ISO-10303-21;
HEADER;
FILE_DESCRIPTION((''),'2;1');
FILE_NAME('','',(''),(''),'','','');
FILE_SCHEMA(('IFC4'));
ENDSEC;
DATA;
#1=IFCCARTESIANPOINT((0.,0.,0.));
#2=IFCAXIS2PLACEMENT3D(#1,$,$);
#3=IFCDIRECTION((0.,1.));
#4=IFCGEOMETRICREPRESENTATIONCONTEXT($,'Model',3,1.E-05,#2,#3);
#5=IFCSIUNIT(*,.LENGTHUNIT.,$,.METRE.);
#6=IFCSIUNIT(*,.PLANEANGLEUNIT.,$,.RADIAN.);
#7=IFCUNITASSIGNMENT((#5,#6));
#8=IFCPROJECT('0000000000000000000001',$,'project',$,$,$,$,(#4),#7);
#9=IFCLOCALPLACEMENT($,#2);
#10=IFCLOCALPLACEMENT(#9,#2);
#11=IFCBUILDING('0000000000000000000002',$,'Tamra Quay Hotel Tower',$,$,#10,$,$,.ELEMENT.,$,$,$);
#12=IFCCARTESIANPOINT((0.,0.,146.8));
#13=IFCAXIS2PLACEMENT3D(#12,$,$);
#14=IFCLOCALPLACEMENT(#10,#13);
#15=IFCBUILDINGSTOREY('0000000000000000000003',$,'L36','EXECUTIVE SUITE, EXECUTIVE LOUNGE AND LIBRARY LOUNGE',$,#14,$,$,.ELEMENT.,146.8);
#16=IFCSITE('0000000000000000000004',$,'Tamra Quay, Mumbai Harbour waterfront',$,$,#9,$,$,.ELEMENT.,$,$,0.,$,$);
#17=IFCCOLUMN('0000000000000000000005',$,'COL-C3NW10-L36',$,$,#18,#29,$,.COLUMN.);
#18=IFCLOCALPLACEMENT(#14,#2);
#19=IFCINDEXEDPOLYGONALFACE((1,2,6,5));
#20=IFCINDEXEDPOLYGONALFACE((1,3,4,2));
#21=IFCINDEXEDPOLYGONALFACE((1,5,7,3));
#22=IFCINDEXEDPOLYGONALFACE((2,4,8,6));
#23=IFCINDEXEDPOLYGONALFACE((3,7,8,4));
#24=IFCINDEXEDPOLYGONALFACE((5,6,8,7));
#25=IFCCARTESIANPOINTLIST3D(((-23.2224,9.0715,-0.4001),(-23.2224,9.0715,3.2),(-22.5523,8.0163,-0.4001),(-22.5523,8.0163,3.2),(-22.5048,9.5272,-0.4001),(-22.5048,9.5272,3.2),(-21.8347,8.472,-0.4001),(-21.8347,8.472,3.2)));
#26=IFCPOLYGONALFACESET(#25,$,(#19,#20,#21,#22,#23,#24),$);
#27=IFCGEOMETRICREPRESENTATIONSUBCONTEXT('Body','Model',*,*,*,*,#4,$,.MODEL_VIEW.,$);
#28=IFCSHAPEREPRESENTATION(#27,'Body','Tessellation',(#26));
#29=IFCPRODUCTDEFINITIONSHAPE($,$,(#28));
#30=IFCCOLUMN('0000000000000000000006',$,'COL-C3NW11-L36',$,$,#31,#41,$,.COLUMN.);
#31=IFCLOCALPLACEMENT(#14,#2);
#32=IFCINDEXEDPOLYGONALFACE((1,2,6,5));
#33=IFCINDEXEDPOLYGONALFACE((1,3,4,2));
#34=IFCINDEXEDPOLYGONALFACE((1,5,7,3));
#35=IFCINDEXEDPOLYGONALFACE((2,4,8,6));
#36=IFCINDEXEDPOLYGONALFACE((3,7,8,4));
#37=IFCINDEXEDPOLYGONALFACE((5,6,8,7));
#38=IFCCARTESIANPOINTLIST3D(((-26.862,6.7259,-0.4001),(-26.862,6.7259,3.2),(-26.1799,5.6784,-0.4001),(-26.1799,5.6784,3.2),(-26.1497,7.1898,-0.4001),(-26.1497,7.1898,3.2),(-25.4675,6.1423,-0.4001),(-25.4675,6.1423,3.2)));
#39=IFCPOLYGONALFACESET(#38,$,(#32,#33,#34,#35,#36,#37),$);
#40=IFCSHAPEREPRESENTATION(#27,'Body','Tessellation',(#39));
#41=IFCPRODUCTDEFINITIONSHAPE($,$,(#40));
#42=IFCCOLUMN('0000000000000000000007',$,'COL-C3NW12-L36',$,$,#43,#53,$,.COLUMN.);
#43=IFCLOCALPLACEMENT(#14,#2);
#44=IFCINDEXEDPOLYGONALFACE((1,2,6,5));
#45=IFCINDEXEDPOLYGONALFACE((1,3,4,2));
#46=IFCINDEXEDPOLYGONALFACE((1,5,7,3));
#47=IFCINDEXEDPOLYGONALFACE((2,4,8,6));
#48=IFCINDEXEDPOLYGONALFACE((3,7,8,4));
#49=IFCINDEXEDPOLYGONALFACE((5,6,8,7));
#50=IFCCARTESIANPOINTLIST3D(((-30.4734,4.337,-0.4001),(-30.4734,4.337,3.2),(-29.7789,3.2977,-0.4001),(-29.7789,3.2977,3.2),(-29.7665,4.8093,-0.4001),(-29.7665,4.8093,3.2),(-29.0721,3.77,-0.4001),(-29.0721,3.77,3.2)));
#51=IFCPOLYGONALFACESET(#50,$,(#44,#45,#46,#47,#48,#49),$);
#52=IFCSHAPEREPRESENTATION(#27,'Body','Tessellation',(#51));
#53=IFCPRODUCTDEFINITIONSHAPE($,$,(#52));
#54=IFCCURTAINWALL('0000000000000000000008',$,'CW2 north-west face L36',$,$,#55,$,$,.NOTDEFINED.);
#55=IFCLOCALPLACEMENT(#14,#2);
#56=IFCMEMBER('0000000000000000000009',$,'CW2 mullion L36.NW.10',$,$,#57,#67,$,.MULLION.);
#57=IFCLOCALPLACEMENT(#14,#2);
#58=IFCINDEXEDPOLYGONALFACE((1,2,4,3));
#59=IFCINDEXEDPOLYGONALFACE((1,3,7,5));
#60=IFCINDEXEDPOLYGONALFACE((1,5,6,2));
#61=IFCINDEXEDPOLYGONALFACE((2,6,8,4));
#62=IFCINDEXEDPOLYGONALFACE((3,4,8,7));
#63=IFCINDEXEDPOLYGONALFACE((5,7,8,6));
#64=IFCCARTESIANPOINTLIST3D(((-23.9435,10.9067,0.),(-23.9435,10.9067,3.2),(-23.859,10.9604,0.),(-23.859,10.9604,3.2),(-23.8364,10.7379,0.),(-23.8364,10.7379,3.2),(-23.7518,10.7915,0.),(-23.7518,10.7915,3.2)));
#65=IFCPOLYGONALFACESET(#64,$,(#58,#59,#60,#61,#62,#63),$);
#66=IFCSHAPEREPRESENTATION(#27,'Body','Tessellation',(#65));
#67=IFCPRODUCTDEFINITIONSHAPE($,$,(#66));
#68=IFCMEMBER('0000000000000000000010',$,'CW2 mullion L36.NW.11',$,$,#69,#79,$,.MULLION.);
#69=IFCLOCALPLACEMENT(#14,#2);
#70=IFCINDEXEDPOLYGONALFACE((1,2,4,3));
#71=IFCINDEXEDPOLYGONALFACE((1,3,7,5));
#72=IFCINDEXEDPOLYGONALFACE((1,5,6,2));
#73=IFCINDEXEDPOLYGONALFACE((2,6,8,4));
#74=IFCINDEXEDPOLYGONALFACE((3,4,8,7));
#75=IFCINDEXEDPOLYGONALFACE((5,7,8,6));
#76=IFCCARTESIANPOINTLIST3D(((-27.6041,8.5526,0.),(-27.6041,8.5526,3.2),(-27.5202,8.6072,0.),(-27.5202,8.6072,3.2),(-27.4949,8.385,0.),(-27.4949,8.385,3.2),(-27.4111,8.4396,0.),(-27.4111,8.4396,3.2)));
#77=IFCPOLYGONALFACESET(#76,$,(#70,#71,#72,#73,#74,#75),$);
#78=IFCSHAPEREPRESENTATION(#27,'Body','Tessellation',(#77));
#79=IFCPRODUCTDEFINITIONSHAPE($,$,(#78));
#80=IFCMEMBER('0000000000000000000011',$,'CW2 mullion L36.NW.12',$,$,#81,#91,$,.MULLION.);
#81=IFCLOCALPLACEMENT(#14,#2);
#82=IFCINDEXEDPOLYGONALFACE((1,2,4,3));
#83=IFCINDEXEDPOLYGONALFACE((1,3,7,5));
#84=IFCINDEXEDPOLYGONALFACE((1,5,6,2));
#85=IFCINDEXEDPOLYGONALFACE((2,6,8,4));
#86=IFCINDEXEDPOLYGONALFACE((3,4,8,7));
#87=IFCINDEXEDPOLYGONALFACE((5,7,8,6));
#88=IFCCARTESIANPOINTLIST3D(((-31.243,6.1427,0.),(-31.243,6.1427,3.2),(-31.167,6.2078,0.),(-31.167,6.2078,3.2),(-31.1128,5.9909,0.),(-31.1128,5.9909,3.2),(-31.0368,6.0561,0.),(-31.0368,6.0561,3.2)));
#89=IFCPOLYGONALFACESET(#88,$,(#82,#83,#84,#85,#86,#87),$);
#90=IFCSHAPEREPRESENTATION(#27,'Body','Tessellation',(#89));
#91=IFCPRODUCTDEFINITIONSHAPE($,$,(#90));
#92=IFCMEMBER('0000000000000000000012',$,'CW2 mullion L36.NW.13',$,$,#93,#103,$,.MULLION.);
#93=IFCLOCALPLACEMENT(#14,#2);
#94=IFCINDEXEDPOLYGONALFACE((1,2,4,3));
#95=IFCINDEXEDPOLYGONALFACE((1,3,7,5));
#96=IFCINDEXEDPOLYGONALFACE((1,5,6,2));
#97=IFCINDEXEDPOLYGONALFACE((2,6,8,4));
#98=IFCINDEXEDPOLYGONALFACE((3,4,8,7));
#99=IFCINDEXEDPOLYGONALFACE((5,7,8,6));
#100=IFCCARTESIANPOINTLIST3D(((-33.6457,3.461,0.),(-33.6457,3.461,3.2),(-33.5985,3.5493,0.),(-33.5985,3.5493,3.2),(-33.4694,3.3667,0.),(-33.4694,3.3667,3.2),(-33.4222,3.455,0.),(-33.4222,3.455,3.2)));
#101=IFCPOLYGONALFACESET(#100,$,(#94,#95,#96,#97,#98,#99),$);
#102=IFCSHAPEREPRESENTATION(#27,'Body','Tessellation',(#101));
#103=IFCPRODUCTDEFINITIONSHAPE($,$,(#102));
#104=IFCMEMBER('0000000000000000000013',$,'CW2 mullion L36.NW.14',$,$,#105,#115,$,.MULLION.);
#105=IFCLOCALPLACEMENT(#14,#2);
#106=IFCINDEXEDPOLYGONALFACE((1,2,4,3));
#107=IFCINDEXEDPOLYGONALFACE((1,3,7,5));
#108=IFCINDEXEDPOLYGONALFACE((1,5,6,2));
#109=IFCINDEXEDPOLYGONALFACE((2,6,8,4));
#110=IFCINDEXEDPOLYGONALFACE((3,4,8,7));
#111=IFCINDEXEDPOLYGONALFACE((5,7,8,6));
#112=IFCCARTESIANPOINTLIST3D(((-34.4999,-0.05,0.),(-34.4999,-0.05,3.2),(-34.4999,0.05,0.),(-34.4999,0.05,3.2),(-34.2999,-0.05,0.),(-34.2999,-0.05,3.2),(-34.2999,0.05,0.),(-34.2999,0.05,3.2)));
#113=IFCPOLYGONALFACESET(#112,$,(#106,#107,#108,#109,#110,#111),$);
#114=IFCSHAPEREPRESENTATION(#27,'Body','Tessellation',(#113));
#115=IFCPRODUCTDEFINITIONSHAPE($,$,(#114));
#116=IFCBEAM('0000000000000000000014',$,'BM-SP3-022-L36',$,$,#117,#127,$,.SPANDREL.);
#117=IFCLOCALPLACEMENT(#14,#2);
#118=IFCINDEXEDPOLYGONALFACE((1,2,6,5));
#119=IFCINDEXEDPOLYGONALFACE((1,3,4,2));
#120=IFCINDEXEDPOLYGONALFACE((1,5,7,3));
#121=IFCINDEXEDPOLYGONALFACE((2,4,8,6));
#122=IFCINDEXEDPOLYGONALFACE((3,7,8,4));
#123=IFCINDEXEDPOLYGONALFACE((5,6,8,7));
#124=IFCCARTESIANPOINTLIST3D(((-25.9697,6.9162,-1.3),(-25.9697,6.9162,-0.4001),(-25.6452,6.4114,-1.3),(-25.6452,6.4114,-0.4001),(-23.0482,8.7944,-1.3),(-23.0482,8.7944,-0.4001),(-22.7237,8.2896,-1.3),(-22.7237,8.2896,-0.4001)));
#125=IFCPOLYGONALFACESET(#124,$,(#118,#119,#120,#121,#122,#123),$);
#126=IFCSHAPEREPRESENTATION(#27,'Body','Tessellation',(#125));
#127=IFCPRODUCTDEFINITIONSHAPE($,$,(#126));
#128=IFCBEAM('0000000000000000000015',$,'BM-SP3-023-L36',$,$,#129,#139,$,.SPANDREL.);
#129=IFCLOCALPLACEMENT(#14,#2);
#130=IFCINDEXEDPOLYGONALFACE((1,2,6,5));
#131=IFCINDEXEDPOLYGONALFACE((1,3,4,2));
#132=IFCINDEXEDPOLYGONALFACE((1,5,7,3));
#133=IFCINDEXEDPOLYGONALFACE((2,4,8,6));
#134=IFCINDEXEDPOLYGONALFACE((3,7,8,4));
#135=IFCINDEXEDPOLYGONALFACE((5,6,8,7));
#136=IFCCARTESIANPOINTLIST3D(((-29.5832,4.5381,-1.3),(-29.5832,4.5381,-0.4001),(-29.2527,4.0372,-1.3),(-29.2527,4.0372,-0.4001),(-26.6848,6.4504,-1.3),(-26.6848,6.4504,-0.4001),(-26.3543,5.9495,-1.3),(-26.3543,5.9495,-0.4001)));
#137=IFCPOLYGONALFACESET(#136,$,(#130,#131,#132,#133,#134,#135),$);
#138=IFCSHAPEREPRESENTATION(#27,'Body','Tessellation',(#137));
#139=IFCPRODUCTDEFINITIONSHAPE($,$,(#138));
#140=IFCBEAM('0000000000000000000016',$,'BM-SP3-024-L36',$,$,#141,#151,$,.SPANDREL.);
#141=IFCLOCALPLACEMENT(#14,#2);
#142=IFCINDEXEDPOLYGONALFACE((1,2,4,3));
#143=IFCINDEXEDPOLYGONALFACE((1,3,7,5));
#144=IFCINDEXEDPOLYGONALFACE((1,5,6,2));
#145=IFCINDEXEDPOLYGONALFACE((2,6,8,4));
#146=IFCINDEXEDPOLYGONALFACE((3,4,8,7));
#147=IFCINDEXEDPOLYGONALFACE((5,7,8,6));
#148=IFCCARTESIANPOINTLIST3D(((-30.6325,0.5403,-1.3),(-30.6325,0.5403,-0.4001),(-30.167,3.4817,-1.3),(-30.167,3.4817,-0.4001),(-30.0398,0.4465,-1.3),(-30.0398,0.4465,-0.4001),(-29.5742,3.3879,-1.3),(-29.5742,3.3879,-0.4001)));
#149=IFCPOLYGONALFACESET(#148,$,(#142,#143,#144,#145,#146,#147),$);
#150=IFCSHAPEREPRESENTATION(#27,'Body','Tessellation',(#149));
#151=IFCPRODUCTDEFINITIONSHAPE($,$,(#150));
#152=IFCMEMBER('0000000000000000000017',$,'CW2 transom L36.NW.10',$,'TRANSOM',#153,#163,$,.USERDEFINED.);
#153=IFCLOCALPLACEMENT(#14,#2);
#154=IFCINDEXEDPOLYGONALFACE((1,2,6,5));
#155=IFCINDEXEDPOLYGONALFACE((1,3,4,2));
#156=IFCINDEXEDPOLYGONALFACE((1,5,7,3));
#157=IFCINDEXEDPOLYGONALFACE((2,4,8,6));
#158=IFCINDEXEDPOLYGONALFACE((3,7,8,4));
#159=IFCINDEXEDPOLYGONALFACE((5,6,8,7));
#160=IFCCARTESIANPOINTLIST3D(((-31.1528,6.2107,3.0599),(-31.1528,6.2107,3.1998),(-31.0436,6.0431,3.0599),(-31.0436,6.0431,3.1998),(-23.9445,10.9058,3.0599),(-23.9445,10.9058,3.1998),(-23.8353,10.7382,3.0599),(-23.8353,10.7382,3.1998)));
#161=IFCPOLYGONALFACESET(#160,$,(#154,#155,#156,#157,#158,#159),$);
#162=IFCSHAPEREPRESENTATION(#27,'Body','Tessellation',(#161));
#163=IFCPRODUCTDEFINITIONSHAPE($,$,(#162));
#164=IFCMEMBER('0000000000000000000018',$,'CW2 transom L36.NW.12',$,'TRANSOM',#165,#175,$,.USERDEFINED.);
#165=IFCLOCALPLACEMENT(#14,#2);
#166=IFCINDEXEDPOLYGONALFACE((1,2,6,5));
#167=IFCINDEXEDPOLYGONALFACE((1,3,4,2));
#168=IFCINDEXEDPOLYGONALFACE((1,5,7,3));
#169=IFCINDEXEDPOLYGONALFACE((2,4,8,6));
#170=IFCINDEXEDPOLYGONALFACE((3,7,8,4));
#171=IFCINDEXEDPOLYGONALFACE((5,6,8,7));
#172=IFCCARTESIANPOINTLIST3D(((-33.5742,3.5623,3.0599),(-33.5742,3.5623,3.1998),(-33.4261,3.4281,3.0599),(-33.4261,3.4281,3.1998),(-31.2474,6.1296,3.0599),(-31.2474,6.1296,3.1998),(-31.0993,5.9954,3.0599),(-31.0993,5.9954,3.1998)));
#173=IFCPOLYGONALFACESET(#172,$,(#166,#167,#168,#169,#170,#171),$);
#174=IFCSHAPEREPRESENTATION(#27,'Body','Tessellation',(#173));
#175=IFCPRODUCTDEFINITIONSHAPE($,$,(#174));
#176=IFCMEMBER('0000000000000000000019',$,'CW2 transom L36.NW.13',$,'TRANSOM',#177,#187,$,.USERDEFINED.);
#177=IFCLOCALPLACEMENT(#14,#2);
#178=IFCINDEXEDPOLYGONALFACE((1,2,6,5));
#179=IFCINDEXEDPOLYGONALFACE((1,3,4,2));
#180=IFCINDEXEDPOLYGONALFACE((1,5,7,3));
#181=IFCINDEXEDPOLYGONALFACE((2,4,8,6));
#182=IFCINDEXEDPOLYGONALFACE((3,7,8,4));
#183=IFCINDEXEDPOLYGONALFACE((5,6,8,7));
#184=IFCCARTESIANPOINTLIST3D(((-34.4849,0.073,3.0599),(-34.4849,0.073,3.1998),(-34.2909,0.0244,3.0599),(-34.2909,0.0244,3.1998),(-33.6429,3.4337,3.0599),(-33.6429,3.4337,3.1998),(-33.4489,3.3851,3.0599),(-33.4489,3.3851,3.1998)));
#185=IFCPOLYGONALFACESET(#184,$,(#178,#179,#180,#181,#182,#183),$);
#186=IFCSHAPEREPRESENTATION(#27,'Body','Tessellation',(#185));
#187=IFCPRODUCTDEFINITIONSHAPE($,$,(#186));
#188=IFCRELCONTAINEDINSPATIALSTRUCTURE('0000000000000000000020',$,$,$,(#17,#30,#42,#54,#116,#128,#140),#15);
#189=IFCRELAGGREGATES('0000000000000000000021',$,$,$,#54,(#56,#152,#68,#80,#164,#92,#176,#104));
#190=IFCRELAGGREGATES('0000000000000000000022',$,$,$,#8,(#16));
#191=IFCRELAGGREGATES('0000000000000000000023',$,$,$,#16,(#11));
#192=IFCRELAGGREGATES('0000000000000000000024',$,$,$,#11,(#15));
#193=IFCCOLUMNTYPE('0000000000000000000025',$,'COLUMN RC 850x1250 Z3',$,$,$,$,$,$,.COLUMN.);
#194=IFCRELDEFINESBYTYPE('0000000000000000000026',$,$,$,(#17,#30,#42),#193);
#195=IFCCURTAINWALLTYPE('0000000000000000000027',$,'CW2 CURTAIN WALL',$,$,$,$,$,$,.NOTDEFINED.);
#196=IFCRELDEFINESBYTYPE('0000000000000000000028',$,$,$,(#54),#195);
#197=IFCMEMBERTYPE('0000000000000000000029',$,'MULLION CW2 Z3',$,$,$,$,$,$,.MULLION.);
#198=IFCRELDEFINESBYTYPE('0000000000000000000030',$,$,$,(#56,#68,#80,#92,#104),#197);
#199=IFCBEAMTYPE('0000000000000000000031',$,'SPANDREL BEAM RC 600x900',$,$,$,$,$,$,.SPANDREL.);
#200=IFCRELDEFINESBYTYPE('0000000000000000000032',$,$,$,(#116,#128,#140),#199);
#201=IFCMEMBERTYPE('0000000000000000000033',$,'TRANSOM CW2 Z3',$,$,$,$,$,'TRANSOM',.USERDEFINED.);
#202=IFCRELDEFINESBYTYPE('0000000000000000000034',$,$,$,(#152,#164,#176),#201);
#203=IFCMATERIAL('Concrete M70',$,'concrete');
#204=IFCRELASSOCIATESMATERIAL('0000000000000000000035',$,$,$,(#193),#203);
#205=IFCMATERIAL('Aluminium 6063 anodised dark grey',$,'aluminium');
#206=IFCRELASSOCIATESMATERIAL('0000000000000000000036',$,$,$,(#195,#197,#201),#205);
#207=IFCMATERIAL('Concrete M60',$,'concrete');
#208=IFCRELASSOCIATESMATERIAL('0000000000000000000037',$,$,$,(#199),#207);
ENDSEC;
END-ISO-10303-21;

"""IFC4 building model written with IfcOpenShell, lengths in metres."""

from ifc_helpers import new_model, si_unit, direction, frame, origin, origin_2d, place, context, subcontext, project, spatial, rectangle, extrude, material, material_profile, profile_set, type_object, element, aggregate, save


model = new_model("IFC4")

# Units and contexts
model_context = context("Model", 3, precision=1e-05, world=origin(), true_north=direction((0.0, 1.0)))
body_context = subcontext(model_context, "Body", "Model", "MODEL_VIEW")
ifc_project = project(units=[si_unit("LENGTHUNIT", "METRE"), si_unit("PLANEANGLEUNIT", "RADIAN")], contexts=[model_context])

# Site, building, storey
site_placement = place(None, origin())
site = spatial("IfcSite", under=ifc_project, at=site_placement, Name="Tamra Quay, Mumbai Harbour waterfront", CompositionType="ELEMENT", RefElevation=0.0)
building_placement = place(site_placement, origin())
building = spatial("IfcBuilding", under=site, at=building_placement, Name="Tamra Quay Hotel Tower", CompositionType="ELEMENT")
storey_placement = place(building_placement, frame((0.0, 0.0, 146.8)))
storey = spatial("IfcBuildingStorey", under=building, at=storey_placement, Name="L36", Description="EXECUTIVE SUITE, EXECUTIVE LOUNGE AND LIBRARY LOUNGE", CompositionType="ELEMENT", Elevation=146.8)

# Columns
ifc_material_1 = material(Name="Concrete M70", Category="concrete")
ifc_material_profile_1 = material_profile(ifc_material_1, rectangle(XDim=1.25, YDim=0.8501, at=origin_2d()), Name="COLUMN RC 850x1250 Z3")
ifc_profile_set_1 = profile_set([ifc_material_profile_1], Name="Concrete M70")
column_type = type_object("IfcColumnType", Name="COLUMN RC 850x1250 Z3", PredefinedType="COLUMN", material=ifc_profile_set_1)
for number, where, z_axis, x_axis, name in (
    (1, (-22.5286, 8.7717, -0.4001), (0.0, 0.0, 1.0), (-0.536102, 0.844153, 0.0), "COL-C3NW10-L36"),
    (2, (-26.1648, 6.4341, -0.4001), (0.0, 0.0, 1.0), (-0.545703, 0.837979, 0.0), "COL-C3NW11-L36"),
    (3, (-29.7727, 4.0535, -0.4001), (0.0, 0.0, 1.0), (-0.555583, 0.831461, 0.0), "COL-C3NW12-L36"),
):
    element("IfcColumn", number, at=place(storey_placement, frame(where, z_axis=z_axis, x_axis=x_axis)), inside=storey, type_object=column_type, Name=name, PredefinedType="COLUMN", context=body_context, shape_type="SweptSolid", body=[
        extrude(rectangle(XDim=1.25, YDim=0.8501, at=origin_2d()), origin(), (0.0, 0.0, 1.0), 3.6001),
    ])

# Curtain wall, members
ifc_material_2 = material(Name="Aluminium 6063 anodised dark grey", Category="aluminium")
curtain_wall_type = type_object("IfcCurtainWallType", Name="CW2 CURTAIN WALL", PredefinedType="NOTDEFINED", material=ifc_material_2)
curtain_wall_placement = place(storey_placement, origin())
curtain_wall = element("IfcCurtainWall", 4, at=curtain_wall_placement, inside=storey, type_object=curtain_wall_type, Name="CW2 north-west face L36", PredefinedType="NOTDEFINED")
ifc_material_profile_2 = material_profile(ifc_material_2, rectangle(XDim=0.2, YDim=0.1001, at=origin_2d()), Name="MULLION 100X200")
ifc_profile_set_2 = profile_set([ifc_material_profile_2], Name="Aluminium 6063 anodised dark grey")
member_type_1 = type_object("IfcMemberType", Name="MULLION CW2 Z3", PredefinedType="MULLION", material=ifc_profile_set_2)
member_1_placement = place(storey_placement, frame((-23.8477, 10.8491, 0.0), z_axis=(0.0, 0.0, 1.0), x_axis=(-0.53576, 0.84437, 0.0)))
member_1 = element("IfcMember", 5, at=member_1_placement, type_object=member_type_1, Name="CW2 mullion L36.NW.10", PredefinedType="MULLION", context=body_context, shape_type="SweptSolid", body=[
    extrude(rectangle(XDim=0.2, YDim=0.1001, at=origin_2d()), origin(), (0.0, 0.0, 1.0), 3.2),
])
member_2_placement = place(storey_placement, frame((-27.5076, 8.4961, 0.0), z_axis=(0.0, 0.0, 1.0), x_axis=(-0.54578, 0.837928, 0.0)))
member_2 = element("IfcMember", 6, at=member_2_placement, type_object=member_type_1, Name="CW2 mullion L36.NW.11", PredefinedType="MULLION", context=body_context, shape_type="SweptSolid", body=[
    extrude(rectangle(XDim=0.2, YDim=0.1001, at=origin_2d()), origin(), (0.0, 0.0, 1.0), 3.2),
])
member_3_placement = place(storey_placement, frame((-31.1399, 6.0994, 0.0), z_axis=(0.0, 0.0, 1.0), x_axis=(-0.650989, 0.759087, 0.0)))
member_3 = element("IfcMember", 7, at=member_3_placement, type_object=member_type_1, Name="CW2 mullion L36.NW.12", PredefinedType="MULLION", context=body_context, shape_type="SweptSolid", body=[
    extrude(rectangle(XDim=0.2, YDim=0.1001, at=origin_2d()), origin(), (0.0, 0.0, 1.0), 3.2),
])
member_4_placement = place(storey_placement, frame((-33.5339, 3.458, 0.0), z_axis=(0.0, 0.0, 1.0), x_axis=(-0.881925, 0.471389, 0.0)))
member_4 = element("IfcMember", 8, at=member_4_placement, type_object=member_type_1, Name="CW2 mullion L36.NW.13", PredefinedType="MULLION", context=body_context, shape_type="SweptSolid", body=[
    extrude(rectangle(XDim=0.2, YDim=0.1001, at=origin_2d()), origin(), (0.0, 0.0, 1.0), 3.2),
])
member_5_placement = place(storey_placement, frame((-34.3999, 0.0, 0.0), z_axis=(0.0, 0.0, 1.0), x_axis=(-1.0, 0.0, 0.0)))
member_5 = element("IfcMember", 9, at=member_5_placement, type_object=member_type_1, Name="CW2 mullion L36.NW.14", PredefinedType="MULLION", context=body_context, shape_type="SweptSolid", body=[
    extrude(rectangle(XDim=0.2, YDim=0.1001, at=origin_2d()), origin(), (0.0, 0.0, 1.0), 3.2),
])

# Beams
ifc_material_3 = material(Name="Concrete M60", Category="concrete")
ifc_material_profile_3 = material_profile(ifc_material_3, rectangle(XDim=0.6001, YDim=0.8999, at=origin_2d()), Name="SPANDREL BEAM RC 600x900")
ifc_profile_set_3 = profile_set([ifc_material_profile_3], Name="Concrete M60")
beam_type = type_object("IfcBeamType", Name="SPANDREL BEAM RC 600x900", PredefinedType="SPANDREL", material=ifc_profile_set_3)
beam_1_placement = place(storey_placement, frame((-22.886, 8.542, -0.8501), z_axis=(-0.84116, -0.540786, 0.0), x_axis=(0.540786, -0.84116, 0.0)))
element("IfcBeam", 10, at=beam_1_placement, inside=storey, type_object=beam_type, Name="BM-SP3-022-L36", PredefinedType="SPANDREL", context=body_context, shape_type="SweptSolid", body=[
    extrude(rectangle(XDim=0.6001, YDim=0.8999, at=origin_2d()), origin(), (0.0, 0.0, 1.0), 3.4731),
])
beam_2_placement = place(storey_placement, frame((-26.5195, 6.2, -0.8501), z_axis=(-0.834691, -0.550719, 0.0), x_axis=(0.550719, -0.834691, 0.0)))
element("IfcBeam", 11, at=beam_2_placement, inside=storey, type_object=beam_type, Name="BM-SP3-023-L36", PredefinedType="SPANDREL", context=body_context, shape_type="SweptSolid", body=[
    extrude(rectangle(XDim=0.6001, YDim=0.8999, at=origin_2d()), origin(), (0.0, 0.0, 1.0), 3.4724),
])
beam_3_placement = place(storey_placement, frame((-29.8706, 3.4348, -0.8501), z_axis=(-0.156337, -0.987704, 0.0), x_axis=(0.987704, -0.156337, 0.0)))
element("IfcBeam", 12, at=beam_3_placement, inside=storey, type_object=beam_type, Name="BM-SP3-024-L36", PredefinedType="SPANDREL", context=body_context, shape_type="SweptSolid", body=[
    extrude(rectangle(XDim=0.6001, YDim=0.8999, at=origin_2d()), origin(), (0.0, 0.0, 1.0), 2.978),
])

# Members
ifc_material_profile_4 = material_profile(ifc_material_2, rectangle(XDim=0.2, YDim=0.1399, at=origin_2d()), Name="TRANSOM 200X140")
ifc_profile_set_4 = profile_set([ifc_material_profile_4], Name="Aluminium 6063 anodised dark grey")
member_type_2 = type_object("IfcMemberType", Name="TRANSOM CW2 Z3", ElementType="TRANSOM", PredefinedType="USERDEFINED", material=ifc_profile_set_4)
member_6_placement = place(storey_placement, frame((-23.8899, 10.822, 3.1299), z_axis=(-0.837928, -0.545781, 0.0), x_axis=(0.545781, -0.837928, 0.0)))
member_6 = element("IfcMember", 13, at=member_6_placement, type_object=member_type_2, Name="CW2 transom L36.NW.10", ObjectType="TRANSOM", PredefinedType="USERDEFINED", context=body_context, shape_type="SweptSolid", body=[
    extrude(rectangle(XDim=0.2, YDim=0.1399, at=origin_2d()), origin(), (0.0, 0.0, 1.0), 8.6025),
])
member_7_placement = place(storey_placement, frame((-31.1733, 6.0625, 3.1299), z_axis=(-0.671553, -0.740956, 0.0), x_axis=(0.740956, -0.671553, 0.0)))
member_7 = element("IfcMember", 14, at=member_7_placement, type_object=member_type_2, Name="CW2 transom L36.NW.12", ObjectType="TRANSOM", PredefinedType="USERDEFINED", context=body_context, shape_type="SweptSolid", body=[
    extrude(rectangle(XDim=0.2, YDim=0.1399, at=origin_2d()), origin(), (0.0, 0.0, 1.0), 3.4648),
])
member_8_placement = place(storey_placement, frame((-33.5459, 3.4094, 3.1299), z_axis=(-0.243033, -0.970018, 0.0), x_axis=(0.970018, -0.243033, 0.0)))
member_8 = element("IfcMember", 15, at=member_8_placement, type_object=member_type_2, Name="CW2 transom L36.NW.13", ObjectType="TRANSOM", PredefinedType="USERDEFINED", context=body_context, shape_type="SweptSolid", body=[
    extrude(rectangle(XDim=0.2, YDim=0.1399, at=origin_2d()), origin(), (0.0, 0.0, 1.0), 3.4646),
])

aggregate(curtain_wall, [member_1, member_6, member_2, member_3, member_7, member_4, member_8, member_5])

save(model, "model.ifc")
